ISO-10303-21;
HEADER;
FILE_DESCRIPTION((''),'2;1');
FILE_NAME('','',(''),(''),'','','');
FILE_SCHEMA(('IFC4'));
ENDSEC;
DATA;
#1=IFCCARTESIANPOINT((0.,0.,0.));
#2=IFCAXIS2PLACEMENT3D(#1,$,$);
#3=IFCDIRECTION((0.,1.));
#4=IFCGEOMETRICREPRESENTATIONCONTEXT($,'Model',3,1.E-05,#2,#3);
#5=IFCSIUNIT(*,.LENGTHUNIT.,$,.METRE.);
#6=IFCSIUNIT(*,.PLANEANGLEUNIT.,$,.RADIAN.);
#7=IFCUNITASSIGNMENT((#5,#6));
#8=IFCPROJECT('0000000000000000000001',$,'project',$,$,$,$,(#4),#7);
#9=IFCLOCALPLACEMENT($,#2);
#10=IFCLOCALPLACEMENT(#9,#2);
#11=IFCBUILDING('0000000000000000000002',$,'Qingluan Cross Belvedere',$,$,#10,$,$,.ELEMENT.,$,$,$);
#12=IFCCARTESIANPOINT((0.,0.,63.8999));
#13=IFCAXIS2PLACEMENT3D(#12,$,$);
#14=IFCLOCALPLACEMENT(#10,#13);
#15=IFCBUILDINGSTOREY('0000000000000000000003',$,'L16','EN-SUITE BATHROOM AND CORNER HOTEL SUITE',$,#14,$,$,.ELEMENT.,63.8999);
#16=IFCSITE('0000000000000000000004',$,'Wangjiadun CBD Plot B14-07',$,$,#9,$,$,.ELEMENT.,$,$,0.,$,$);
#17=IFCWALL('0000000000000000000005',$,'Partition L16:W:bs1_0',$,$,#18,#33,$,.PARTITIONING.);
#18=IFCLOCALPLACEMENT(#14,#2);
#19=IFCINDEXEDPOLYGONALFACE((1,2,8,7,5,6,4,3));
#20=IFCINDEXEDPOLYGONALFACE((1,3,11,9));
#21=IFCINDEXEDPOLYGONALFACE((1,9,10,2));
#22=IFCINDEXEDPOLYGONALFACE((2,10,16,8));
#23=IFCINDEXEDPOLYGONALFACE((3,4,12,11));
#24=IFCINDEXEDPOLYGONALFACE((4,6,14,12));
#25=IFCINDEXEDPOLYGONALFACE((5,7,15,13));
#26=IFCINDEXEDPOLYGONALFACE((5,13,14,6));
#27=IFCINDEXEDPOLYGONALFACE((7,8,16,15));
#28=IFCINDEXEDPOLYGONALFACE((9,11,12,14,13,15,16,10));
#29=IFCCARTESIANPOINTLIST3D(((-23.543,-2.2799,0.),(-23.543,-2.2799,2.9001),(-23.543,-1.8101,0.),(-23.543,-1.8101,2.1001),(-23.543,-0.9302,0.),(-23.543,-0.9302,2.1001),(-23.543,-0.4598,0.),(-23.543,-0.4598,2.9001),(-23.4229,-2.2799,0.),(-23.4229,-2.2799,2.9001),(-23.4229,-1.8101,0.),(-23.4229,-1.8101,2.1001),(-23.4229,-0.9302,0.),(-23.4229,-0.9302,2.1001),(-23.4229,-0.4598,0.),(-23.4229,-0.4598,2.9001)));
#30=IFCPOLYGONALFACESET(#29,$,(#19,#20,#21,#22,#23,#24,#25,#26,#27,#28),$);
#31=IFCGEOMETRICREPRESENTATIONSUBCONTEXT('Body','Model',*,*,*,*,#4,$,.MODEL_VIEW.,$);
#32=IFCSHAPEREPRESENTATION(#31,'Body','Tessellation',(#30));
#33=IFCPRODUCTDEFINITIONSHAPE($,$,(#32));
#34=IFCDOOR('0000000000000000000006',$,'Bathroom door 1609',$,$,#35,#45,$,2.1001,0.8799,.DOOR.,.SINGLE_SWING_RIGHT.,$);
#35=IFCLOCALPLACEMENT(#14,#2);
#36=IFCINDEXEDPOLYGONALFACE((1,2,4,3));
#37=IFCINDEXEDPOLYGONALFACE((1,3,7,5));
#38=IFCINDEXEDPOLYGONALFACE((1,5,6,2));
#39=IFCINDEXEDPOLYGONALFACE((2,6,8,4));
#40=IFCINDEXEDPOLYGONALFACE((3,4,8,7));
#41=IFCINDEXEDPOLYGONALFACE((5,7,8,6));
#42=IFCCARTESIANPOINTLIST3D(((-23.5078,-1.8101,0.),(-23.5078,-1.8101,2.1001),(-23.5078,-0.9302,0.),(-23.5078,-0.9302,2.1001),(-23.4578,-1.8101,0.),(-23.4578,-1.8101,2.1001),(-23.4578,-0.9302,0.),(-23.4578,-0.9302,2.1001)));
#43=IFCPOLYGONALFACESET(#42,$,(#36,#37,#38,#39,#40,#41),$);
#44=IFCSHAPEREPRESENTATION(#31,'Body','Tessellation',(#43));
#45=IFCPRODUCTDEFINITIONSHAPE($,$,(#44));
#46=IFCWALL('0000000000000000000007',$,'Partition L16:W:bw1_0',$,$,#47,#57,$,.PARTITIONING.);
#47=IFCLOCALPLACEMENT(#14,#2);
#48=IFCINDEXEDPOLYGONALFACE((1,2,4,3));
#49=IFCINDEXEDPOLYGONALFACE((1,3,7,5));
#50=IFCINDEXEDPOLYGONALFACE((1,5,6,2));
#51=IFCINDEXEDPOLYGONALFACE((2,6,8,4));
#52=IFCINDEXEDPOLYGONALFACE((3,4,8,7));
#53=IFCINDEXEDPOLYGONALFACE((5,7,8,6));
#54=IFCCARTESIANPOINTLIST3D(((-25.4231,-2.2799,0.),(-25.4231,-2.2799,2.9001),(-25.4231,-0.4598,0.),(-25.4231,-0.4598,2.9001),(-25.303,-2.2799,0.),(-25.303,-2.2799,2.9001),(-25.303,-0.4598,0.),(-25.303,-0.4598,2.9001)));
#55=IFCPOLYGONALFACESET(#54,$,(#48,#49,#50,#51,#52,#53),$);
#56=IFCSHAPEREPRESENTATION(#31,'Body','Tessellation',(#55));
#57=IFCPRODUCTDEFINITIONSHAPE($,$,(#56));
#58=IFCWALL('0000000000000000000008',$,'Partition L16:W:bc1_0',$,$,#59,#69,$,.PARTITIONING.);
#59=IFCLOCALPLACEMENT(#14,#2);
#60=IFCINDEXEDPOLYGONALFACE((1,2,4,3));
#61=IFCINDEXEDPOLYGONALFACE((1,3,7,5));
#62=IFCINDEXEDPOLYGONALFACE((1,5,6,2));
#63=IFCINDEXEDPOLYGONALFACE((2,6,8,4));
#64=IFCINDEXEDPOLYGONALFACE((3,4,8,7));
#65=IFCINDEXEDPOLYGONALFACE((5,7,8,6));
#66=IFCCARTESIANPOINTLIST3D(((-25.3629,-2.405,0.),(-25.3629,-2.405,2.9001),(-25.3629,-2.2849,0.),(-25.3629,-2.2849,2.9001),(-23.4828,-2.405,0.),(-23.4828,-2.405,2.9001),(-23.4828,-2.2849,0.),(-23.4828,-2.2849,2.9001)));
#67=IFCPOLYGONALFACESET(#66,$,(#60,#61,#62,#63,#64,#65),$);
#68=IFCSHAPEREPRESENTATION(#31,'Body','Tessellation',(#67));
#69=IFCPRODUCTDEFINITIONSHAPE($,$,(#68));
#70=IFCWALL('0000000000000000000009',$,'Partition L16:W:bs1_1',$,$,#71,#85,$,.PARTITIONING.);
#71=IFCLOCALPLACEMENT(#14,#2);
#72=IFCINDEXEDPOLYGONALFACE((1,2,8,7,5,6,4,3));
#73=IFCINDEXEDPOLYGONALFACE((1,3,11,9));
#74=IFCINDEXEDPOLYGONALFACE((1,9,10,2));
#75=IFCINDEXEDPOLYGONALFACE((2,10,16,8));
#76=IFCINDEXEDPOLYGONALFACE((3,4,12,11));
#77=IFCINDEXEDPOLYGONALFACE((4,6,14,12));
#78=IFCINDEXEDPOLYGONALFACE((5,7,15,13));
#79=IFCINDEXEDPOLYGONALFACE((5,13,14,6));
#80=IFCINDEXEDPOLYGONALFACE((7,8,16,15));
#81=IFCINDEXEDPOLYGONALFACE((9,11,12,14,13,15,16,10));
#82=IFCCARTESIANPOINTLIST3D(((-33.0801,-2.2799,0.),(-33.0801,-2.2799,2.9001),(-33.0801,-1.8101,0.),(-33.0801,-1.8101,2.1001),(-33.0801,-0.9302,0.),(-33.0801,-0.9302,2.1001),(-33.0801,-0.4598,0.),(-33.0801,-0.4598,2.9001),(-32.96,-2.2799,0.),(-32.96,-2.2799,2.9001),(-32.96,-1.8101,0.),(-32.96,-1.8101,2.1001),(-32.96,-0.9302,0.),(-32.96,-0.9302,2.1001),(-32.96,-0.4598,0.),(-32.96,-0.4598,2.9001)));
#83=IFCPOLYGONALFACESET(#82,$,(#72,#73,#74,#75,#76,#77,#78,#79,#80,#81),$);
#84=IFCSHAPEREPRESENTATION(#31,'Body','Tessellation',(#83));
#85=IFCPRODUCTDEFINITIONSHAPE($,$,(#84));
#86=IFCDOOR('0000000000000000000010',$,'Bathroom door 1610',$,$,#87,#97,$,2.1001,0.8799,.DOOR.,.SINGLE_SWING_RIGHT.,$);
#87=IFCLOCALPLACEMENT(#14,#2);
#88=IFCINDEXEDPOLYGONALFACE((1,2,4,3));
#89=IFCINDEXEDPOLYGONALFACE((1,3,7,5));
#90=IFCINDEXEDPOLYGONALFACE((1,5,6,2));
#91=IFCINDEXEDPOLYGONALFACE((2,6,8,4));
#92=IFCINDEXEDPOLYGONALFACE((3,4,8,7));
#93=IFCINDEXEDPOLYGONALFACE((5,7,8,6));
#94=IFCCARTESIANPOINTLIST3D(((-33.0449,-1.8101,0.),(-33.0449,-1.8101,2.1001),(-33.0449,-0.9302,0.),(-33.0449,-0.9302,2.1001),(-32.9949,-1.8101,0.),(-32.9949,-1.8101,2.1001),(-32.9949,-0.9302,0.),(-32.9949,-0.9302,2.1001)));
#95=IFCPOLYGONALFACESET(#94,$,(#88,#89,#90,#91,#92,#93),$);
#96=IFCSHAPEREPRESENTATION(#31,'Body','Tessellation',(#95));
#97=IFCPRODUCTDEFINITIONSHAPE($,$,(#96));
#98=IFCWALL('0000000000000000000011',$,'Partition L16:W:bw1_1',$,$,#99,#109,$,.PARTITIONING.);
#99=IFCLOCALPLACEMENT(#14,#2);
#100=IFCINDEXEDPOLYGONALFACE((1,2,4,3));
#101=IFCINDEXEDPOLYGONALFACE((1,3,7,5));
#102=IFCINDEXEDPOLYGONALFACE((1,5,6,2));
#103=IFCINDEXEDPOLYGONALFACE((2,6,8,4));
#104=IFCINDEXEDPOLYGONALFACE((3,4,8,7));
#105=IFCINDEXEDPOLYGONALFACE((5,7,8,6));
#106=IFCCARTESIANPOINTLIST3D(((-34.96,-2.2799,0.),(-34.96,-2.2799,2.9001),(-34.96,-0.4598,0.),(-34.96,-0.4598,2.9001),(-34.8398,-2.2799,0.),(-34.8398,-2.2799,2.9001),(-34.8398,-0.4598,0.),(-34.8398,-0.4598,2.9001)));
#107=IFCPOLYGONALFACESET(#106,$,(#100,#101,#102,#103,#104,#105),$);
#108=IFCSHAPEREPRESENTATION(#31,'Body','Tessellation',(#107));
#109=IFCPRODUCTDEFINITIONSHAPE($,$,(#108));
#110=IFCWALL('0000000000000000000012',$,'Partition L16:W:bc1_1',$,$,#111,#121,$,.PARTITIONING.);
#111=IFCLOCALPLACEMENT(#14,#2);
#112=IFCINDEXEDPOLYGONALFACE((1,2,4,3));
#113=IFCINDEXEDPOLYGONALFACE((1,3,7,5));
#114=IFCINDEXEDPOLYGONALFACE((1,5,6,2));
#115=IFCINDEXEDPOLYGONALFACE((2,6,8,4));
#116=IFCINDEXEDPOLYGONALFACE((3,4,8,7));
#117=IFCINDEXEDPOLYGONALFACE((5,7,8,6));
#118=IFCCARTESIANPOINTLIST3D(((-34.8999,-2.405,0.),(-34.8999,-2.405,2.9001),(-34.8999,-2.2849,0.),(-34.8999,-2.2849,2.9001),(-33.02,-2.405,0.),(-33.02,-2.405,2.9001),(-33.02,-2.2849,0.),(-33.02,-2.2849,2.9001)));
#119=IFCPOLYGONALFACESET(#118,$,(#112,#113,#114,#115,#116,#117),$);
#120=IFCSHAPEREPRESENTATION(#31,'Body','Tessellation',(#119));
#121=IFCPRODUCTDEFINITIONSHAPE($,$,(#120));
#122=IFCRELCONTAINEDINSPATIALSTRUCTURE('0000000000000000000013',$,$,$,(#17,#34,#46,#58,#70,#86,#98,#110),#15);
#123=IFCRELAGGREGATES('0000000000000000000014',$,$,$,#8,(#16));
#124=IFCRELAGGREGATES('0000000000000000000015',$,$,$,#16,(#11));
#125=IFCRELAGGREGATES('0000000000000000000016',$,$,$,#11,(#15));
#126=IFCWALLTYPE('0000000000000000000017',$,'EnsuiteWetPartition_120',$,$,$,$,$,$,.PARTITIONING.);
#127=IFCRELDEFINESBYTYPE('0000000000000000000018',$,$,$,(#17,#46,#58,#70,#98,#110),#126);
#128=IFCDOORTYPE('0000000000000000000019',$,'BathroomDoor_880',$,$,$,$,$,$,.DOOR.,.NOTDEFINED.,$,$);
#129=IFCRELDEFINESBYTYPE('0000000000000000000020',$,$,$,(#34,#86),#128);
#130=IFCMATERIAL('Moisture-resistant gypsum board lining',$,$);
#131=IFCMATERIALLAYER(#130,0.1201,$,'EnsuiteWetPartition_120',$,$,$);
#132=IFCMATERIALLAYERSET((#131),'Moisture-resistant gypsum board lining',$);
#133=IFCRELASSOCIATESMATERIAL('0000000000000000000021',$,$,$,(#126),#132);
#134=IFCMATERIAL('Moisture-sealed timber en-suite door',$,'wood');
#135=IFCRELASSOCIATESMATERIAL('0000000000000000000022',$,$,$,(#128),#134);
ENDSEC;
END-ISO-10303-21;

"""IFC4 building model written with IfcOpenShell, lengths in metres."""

from ifc_helpers import new_model, si_unit, direction, frame, frame_2d, origin, place, context, subcontext, project, spatial, rectangle, extrude, material, layer, layer_set, type_object, element, fill, save


model = new_model("IFC4")

# Units and contexts
model_context = context("Model", 3, precision=1e-05, world=origin(), true_north=direction((0.0, 1.0)))
body_context = subcontext(model_context, "Body", "Model", "MODEL_VIEW")
ifc_project = project(units=[si_unit("LENGTHUNIT", "METRE"), si_unit("PLANEANGLEUNIT", "RADIAN")], contexts=[model_context])

# Site, building, storey
site_placement = place(None, origin())
site = spatial("IfcSite", under=ifc_project, at=site_placement, Name="Wangjiadun CBD Plot B14-07", CompositionType="ELEMENT", RefElevation=0.0)
building_placement = place(site_placement, origin())
building = spatial("IfcBuilding", under=site, at=building_placement, Name="Qingluan Cross Belvedere", CompositionType="ELEMENT")
storey_placement = place(building_placement, frame((0.0, 0.0, 63.8999)))
storey = spatial("IfcBuildingStorey", under=building, at=storey_placement, Name="L16", Description="EN-SUITE BATHROOM AND CORNER HOTEL SUITE", CompositionType="ELEMENT", Elevation=63.8999)

# Wall, opening, door
ifc_material_1 = material(Name="Moisture-resistant gypsum board lining")
ifc_layer_1 = layer(ifc_material_1, 0.1201, Name="EnsuiteWetPartition_120")
ifc_layer_set_1 = layer_set([ifc_layer_1], Name="Moisture-resistant gypsum board lining")
wall_type_1 = type_object("IfcWallType", Name="EnsuiteWetPartition_120", PredefinedType="PARTITIONING", material=ifc_layer_set_1)
wall_1_placement = place(storey_placement, frame((-23.4829, -2.28, 0.0), z_axis=(0.0, 0.0, 1.0), x_axis=(0.0, 1.0, 0.0)))
wall_1 = element("IfcWall", 1, at=wall_1_placement, inside=storey, type_object=wall_type_1, Name="Partition L16:W:bs1_0", PredefinedType="PARTITIONING", context=body_context, shape_type="SweptSolid", body=[
    extrude(rectangle(XDim=1.8201, YDim=0.1201, at=frame_2d((0.9102, 0.0))), origin(), (0.0, 0.0, 1.0), 2.9001),
])
opening_1_placement = place(wall_1_placement, frame((0.47, 0.0, 0.0)))
opening_1 = element("IfcOpeningElement", 2, at=opening_1_placement, cuts=wall_1, PredefinedType="OPENING", context=body_context, shape_type="SweptSolid", body=[
    extrude(rectangle(XDim=0.8799, YDim=2.1001, at=frame_2d((0.4399, 1.05))), frame((0.0, 0.0701, 0.0), z_axis=(0.0, -1.0, 0.0), x_axis=(1.0, 0.0, 0.0)), (0.0, 0.0, 1.0), 0.1401),
])
ifc_material_2 = material(Name="Moisture-sealed timber en-suite door", Category="wood")
door_type_1 = type_object("IfcDoorType", Name="BathroomDoor_880", OperationType="NOTDEFINED", PredefinedType="DOOR", material=ifc_material_2)
door_1_placement = place(opening_1_placement, origin())
door_1 = element("IfcDoor", 3, at=door_1_placement, inside=storey, type_object=door_type_1, Name="Bathroom door 1609", OperationType="SINGLE_SWING_RIGHT", OverallHeight=2.1001, OverallWidth=0.8799, PredefinedType="DOOR", context=body_context, shape_type="SweptSolid", body=[
    extrude(rectangle(XDim=0.8799, YDim=2.1001, at=frame_2d((0.4399, 1.05))), frame((0.0, 0.0249, 0.0), z_axis=(0.0, -1.0, 0.0), x_axis=(1.0, 0.0, 0.0)), (0.0, 0.0, 1.0), 0.05),
])
fill(opening_1, door_1)

# Walls
wall_2_placement = place(storey_placement, frame((-25.363, -2.28, 0.0), z_axis=(0.0, 0.0, 1.0), x_axis=(0.0, 1.0, 0.0)))
element("IfcWall", 4, at=wall_2_placement, inside=storey, type_object=wall_type_1, Name="Partition L16:W:bw1_0", PredefinedType="PARTITIONING", context=body_context, shape_type="SweptSolid", body=[
    extrude(rectangle(XDim=1.8201, YDim=0.1201, at=frame_2d((0.9102, 0.0))), origin(), (0.0, 0.0, 1.0), 2.9001),
])
wall_3_placement = place(storey_placement, frame((-23.4829, -2.345, 0.0), z_axis=(0.0, 0.0, 1.0), x_axis=(-1.0, 0.0, 0.0)))
element("IfcWall", 5, at=wall_3_placement, inside=storey, type_object=wall_type_1, Name="Partition L16:W:bc1_0", PredefinedType="PARTITIONING", context=body_context, shape_type="SweptSolid", body=[
    extrude(rectangle(XDim=1.8801, YDim=0.1201, at=frame_2d((0.9399, 0.0))), origin(), (0.0, 0.0, 1.0), 2.9001),
])

# Wall, opening, door
wall_4_placement = place(storey_placement, frame((-33.02, -2.28, 0.0), z_axis=(0.0, 0.0, 1.0), x_axis=(0.0, 1.0, 0.0)))
wall_4 = element("IfcWall", 6, at=wall_4_placement, inside=storey, type_object=wall_type_1, Name="Partition L16:W:bs1_1", PredefinedType="PARTITIONING", context=body_context, shape_type="SweptSolid", body=[
    extrude(rectangle(XDim=1.8201, YDim=0.1201, at=frame_2d((0.9102, 0.0))), origin(), (0.0, 0.0, 1.0), 2.9001),
])
opening_2_placement = place(wall_4_placement, frame((0.47, 0.0, 0.0)))
opening_2 = element("IfcOpeningElement", 7, at=opening_2_placement, cuts=wall_4, PredefinedType="OPENING", context=body_context, shape_type="SweptSolid", body=[
    extrude(rectangle(XDim=0.8799, YDim=2.1001, at=frame_2d((0.4399, 1.05))), frame((0.0, 0.0701, 0.0), z_axis=(0.0, -1.0, 0.0), x_axis=(1.0, 0.0, 0.0)), (0.0, 0.0, 1.0), 0.1401),
])
door_2_placement = place(opening_2_placement, origin())
door_2 = element("IfcDoor", 8, at=door_2_placement, inside=storey, type_object=door_type_1, Name="Bathroom door 1610", OperationType="SINGLE_SWING_RIGHT", OverallHeight=2.1001, OverallWidth=0.8799, PredefinedType="DOOR", context=body_context, shape_type="SweptSolid", body=[
    extrude(rectangle(XDim=0.8799, YDim=2.1001, at=frame_2d((0.4399, 1.05))), frame((0.0, 0.0249, 0.0), z_axis=(0.0, -1.0, 0.0), x_axis=(1.0, 0.0, 0.0)), (0.0, 0.0, 1.0), 0.05),
])
fill(opening_2, door_2)

# Walls
wall_5_placement = place(storey_placement, frame((-34.8999, -2.28, 0.0), z_axis=(0.0, 0.0, 1.0), x_axis=(0.0, 1.0, 0.0)))
element("IfcWall", 9, at=wall_5_placement, inside=storey, type_object=wall_type_1, Name="Partition L16:W:bw1_1", PredefinedType="PARTITIONING", context=body_context, shape_type="SweptSolid", body=[
    extrude(rectangle(XDim=1.8201, YDim=0.1201, at=frame_2d((0.9102, 0.0))), origin(), (0.0, 0.0, 1.0), 2.9001),
])
wall_6_placement = place(storey_placement, frame((-33.02, -2.345, 0.0), z_axis=(0.0, 0.0, 1.0), x_axis=(-1.0, 0.0, 0.0)))
element("IfcWall", 10, at=wall_6_placement, inside=storey, type_object=wall_type_1, Name="Partition L16:W:bc1_1", PredefinedType="PARTITIONING", context=body_context, shape_type="SweptSolid", body=[
    extrude(rectangle(XDim=1.8799, YDim=0.1201, at=frame_2d((0.9399, 0.0))), origin(), (0.0, 0.0, 1.0), 2.9001),
])

save(model, "model.ifc")
